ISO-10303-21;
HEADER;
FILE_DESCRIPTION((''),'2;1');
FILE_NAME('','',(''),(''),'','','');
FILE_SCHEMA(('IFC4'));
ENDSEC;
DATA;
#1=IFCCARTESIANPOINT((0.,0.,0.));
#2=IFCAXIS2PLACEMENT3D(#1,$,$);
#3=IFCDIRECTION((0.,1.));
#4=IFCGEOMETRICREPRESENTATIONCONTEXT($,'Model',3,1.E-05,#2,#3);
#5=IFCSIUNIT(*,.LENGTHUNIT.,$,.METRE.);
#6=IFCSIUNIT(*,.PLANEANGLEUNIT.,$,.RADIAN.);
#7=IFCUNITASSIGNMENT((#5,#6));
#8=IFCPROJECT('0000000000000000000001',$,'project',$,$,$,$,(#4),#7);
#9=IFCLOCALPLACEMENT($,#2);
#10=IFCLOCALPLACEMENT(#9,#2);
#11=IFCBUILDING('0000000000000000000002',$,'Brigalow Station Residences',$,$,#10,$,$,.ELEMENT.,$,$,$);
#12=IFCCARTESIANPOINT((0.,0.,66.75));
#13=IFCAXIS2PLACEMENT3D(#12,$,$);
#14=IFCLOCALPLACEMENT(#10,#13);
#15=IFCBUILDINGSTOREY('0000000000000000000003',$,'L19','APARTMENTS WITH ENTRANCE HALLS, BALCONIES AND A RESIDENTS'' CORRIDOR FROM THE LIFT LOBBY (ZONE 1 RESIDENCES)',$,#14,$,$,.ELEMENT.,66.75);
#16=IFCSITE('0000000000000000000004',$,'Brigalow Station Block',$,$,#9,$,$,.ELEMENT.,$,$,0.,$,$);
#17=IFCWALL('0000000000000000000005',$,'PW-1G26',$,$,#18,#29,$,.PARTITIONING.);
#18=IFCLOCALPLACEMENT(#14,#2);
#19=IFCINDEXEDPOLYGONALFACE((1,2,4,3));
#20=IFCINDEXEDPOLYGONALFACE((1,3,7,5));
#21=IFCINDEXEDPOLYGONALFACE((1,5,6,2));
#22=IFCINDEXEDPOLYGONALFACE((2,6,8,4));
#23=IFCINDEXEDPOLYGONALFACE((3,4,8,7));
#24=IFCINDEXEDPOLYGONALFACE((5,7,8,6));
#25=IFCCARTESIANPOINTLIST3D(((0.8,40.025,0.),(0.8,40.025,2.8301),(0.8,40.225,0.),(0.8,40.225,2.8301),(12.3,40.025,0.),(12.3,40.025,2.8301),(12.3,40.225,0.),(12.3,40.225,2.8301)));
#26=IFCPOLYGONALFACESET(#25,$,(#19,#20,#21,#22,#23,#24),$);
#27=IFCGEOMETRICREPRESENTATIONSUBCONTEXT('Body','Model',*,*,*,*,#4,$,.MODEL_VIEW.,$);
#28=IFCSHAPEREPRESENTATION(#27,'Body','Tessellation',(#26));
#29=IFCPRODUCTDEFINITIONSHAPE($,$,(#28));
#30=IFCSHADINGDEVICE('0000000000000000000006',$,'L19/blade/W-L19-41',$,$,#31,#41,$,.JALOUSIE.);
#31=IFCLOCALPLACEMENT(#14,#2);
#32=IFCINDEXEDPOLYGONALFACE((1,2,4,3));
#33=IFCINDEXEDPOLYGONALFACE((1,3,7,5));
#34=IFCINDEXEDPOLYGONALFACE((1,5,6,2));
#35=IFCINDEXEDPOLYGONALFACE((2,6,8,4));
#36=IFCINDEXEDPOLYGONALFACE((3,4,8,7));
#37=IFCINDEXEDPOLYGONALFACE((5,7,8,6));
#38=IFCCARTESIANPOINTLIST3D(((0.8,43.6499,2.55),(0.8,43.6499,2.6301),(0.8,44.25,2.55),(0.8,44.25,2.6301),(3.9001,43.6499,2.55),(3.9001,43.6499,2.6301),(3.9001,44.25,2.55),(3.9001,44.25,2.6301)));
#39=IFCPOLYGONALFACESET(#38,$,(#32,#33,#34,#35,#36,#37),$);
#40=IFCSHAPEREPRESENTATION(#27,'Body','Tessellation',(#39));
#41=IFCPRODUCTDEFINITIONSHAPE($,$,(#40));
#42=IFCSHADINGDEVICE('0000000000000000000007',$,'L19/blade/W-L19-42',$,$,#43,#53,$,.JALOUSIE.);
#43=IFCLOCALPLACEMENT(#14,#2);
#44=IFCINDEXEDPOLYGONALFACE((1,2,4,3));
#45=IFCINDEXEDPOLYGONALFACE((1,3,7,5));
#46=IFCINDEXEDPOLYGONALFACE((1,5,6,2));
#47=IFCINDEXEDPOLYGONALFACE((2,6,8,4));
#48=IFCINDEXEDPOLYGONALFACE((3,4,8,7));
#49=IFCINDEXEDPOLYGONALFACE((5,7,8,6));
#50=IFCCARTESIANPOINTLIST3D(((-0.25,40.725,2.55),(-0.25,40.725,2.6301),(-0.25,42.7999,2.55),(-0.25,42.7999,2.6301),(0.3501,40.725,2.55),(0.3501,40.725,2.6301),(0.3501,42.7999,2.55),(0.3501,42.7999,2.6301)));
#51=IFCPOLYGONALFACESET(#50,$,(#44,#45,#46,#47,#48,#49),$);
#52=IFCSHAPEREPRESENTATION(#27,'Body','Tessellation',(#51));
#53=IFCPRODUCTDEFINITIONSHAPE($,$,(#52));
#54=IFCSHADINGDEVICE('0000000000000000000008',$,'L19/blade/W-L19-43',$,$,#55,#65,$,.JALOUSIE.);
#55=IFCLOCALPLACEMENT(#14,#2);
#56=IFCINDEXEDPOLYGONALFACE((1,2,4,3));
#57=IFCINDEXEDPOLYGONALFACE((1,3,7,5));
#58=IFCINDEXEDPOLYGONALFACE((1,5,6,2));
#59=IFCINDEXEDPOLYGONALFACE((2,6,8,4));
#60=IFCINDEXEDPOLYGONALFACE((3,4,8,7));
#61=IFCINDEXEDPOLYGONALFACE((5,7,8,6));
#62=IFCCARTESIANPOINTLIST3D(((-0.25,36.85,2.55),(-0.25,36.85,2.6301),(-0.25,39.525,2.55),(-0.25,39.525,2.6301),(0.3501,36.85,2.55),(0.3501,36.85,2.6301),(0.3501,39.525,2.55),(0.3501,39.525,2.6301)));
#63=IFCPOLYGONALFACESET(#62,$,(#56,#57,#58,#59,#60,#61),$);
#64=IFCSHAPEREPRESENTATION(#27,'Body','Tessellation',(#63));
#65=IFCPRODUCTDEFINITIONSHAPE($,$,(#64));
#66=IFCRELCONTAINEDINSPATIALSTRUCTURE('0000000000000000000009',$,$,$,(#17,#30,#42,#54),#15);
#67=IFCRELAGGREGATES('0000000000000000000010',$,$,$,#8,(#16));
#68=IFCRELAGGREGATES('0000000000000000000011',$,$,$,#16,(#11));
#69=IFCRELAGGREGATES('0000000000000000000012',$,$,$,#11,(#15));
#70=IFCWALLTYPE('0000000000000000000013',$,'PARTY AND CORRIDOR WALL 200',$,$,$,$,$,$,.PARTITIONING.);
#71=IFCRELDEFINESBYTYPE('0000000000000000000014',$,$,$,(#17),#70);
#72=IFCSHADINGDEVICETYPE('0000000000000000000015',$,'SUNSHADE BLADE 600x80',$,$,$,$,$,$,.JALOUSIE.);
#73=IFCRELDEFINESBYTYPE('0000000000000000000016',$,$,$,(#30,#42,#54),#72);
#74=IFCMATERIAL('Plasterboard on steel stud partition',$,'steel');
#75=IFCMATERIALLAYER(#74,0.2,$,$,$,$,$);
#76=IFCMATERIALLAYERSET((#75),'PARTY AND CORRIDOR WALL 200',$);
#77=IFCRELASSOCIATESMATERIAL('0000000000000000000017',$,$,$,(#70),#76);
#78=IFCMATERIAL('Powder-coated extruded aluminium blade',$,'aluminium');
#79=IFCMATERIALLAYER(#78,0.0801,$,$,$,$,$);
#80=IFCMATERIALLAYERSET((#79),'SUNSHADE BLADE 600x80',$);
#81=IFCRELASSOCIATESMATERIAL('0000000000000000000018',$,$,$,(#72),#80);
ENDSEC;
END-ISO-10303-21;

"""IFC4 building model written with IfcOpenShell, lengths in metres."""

from ifc_helpers import new_model, si_unit, direction, frame, frame_2d, origin, origin_2d, place, context, subcontext, project, spatial, rectangle, extrude, material, layer, layer_set, type_object, element, save


model = new_model("IFC4")

# Units and contexts
model_context = context("Model", 3, precision=1e-05, world=origin(), true_north=direction((0.0, 1.0)))
body_context = subcontext(model_context, "Body", "Model", "MODEL_VIEW")
ifc_project = project(units=[si_unit("LENGTHUNIT", "METRE"), si_unit("PLANEANGLEUNIT", "RADIAN")], contexts=[model_context])

# Site, building, storey
site_placement = place(None, origin())
site = spatial("IfcSite", under=ifc_project, at=site_placement, Name="Brigalow Station Block", CompositionType="ELEMENT", RefElevation=0.0)
building_placement = place(site_placement, origin())
building = spatial("IfcBuilding", under=site, at=building_placement, Name="Brigalow Station Residences", CompositionType="ELEMENT")
storey_placement = place(building_placement, frame((0.0, 0.0, 66.75)))
storey = spatial("IfcBuildingStorey", under=building, at=storey_placement, Name="L19", Description="APARTMENTS WITH ENTRANCE HALLS, BALCONIES AND A RESIDENTS' CORRIDOR FROM THE LIFT LOBBY (ZONE 1 RESIDENCES)", CompositionType="ELEMENT", Elevation=66.75)

# Wall
ifc_material_1 = material(Name="Plasterboard on steel stud partition", Category="steel")
ifc_layer_1 = layer(ifc_material_1, 0.2)
ifc_layer_set_1 = layer_set([ifc_layer_1], Name="PARTY AND CORRIDOR WALL 200")
wall_type_1 = type_object("IfcWallType", Name="PARTY AND CORRIDOR WALL 200", PredefinedType="PARTITIONING", material=ifc_layer_set_1)
wall_1_placement = place(storey_placement, frame((0.8, 40.125, 0.0), z_axis=(0.0, 0.0, 1.0), x_axis=(1.0, 0.0, 0.0)))
element("IfcWall", 1, at=wall_1_placement, inside=storey, type_object=wall_type_1, Name="PW-1G26", PredefinedType="PARTITIONING", context=body_context, shape_type="SweptSolid", body=[
    extrude(rectangle(XDim=11.5, YDim=0.2, at=frame_2d((5.75, 0.0))), origin(), (0.0, 0.0, 1.0), 2.8301),
])

# Shading devices
ifc_material_2 = material(Name="Powder-coated extruded aluminium blade", Category="aluminium")
ifc_layer_2 = layer(ifc_material_2, 0.0801)
ifc_layer_set_2 = layer_set([ifc_layer_2], Name="SUNSHADE BLADE 600x80")
shading_device_type = type_object("IfcShadingDeviceType", Name="SUNSHADE BLADE 600x80", PredefinedType="JALOUSIE", material=ifc_layer_set_2)
shading_device_1_placement = place(storey_placement, frame((2.3501, 43.95, 2.55), z_axis=(0.0, 0.0, 1.0), x_axis=(-1.0, 0.0, 0.0)))
element("IfcShadingDevice", 2, at=shading_device_1_placement, inside=storey, type_object=shading_device_type, Name="L19/blade/W-L19-41", PredefinedType="JALOUSIE", context=body_context, shape_type="SweptSolid", body=[
    extrude(rectangle(XDim=3.1001, YDim=0.6001, at=origin_2d()), origin(), (0.0, 0.0, 1.0), 0.0801),
])
shading_device_2_placement = place(storey_placement, frame((0.05, 41.7625, 2.55), z_axis=(0.0, 0.0, 1.0), x_axis=(0.0, -1.0, 0.0)))
element("IfcShadingDevice", 3, at=shading_device_2_placement, inside=storey, type_object=shading_device_type, Name="L19/blade/W-L19-42", PredefinedType="JALOUSIE", context=body_context, shape_type="SweptSolid", body=[
    extrude(rectangle(XDim=2.075, YDim=0.6001, at=origin_2d()), origin(), (0.0, 0.0, 1.0), 0.0801),
])
shading_device_3_placement = place(storey_placement, frame((0.05, 38.1875, 2.55), z_axis=(0.0, 0.0, 1.0), x_axis=(0.0, -1.0, 0.0)))
element("IfcShadingDevice", 4, at=shading_device_3_placement, inside=storey, type_object=shading_device_type, Name="L19/blade/W-L19-43", PredefinedType="JALOUSIE", context=body_context, shape_type="SweptSolid", body=[
    extrude(rectangle(XDim=2.675, YDim=0.6001, at=origin_2d()), origin(), (0.0, 0.0, 1.0), 0.0801),
])

save(model, "model.ifc")
